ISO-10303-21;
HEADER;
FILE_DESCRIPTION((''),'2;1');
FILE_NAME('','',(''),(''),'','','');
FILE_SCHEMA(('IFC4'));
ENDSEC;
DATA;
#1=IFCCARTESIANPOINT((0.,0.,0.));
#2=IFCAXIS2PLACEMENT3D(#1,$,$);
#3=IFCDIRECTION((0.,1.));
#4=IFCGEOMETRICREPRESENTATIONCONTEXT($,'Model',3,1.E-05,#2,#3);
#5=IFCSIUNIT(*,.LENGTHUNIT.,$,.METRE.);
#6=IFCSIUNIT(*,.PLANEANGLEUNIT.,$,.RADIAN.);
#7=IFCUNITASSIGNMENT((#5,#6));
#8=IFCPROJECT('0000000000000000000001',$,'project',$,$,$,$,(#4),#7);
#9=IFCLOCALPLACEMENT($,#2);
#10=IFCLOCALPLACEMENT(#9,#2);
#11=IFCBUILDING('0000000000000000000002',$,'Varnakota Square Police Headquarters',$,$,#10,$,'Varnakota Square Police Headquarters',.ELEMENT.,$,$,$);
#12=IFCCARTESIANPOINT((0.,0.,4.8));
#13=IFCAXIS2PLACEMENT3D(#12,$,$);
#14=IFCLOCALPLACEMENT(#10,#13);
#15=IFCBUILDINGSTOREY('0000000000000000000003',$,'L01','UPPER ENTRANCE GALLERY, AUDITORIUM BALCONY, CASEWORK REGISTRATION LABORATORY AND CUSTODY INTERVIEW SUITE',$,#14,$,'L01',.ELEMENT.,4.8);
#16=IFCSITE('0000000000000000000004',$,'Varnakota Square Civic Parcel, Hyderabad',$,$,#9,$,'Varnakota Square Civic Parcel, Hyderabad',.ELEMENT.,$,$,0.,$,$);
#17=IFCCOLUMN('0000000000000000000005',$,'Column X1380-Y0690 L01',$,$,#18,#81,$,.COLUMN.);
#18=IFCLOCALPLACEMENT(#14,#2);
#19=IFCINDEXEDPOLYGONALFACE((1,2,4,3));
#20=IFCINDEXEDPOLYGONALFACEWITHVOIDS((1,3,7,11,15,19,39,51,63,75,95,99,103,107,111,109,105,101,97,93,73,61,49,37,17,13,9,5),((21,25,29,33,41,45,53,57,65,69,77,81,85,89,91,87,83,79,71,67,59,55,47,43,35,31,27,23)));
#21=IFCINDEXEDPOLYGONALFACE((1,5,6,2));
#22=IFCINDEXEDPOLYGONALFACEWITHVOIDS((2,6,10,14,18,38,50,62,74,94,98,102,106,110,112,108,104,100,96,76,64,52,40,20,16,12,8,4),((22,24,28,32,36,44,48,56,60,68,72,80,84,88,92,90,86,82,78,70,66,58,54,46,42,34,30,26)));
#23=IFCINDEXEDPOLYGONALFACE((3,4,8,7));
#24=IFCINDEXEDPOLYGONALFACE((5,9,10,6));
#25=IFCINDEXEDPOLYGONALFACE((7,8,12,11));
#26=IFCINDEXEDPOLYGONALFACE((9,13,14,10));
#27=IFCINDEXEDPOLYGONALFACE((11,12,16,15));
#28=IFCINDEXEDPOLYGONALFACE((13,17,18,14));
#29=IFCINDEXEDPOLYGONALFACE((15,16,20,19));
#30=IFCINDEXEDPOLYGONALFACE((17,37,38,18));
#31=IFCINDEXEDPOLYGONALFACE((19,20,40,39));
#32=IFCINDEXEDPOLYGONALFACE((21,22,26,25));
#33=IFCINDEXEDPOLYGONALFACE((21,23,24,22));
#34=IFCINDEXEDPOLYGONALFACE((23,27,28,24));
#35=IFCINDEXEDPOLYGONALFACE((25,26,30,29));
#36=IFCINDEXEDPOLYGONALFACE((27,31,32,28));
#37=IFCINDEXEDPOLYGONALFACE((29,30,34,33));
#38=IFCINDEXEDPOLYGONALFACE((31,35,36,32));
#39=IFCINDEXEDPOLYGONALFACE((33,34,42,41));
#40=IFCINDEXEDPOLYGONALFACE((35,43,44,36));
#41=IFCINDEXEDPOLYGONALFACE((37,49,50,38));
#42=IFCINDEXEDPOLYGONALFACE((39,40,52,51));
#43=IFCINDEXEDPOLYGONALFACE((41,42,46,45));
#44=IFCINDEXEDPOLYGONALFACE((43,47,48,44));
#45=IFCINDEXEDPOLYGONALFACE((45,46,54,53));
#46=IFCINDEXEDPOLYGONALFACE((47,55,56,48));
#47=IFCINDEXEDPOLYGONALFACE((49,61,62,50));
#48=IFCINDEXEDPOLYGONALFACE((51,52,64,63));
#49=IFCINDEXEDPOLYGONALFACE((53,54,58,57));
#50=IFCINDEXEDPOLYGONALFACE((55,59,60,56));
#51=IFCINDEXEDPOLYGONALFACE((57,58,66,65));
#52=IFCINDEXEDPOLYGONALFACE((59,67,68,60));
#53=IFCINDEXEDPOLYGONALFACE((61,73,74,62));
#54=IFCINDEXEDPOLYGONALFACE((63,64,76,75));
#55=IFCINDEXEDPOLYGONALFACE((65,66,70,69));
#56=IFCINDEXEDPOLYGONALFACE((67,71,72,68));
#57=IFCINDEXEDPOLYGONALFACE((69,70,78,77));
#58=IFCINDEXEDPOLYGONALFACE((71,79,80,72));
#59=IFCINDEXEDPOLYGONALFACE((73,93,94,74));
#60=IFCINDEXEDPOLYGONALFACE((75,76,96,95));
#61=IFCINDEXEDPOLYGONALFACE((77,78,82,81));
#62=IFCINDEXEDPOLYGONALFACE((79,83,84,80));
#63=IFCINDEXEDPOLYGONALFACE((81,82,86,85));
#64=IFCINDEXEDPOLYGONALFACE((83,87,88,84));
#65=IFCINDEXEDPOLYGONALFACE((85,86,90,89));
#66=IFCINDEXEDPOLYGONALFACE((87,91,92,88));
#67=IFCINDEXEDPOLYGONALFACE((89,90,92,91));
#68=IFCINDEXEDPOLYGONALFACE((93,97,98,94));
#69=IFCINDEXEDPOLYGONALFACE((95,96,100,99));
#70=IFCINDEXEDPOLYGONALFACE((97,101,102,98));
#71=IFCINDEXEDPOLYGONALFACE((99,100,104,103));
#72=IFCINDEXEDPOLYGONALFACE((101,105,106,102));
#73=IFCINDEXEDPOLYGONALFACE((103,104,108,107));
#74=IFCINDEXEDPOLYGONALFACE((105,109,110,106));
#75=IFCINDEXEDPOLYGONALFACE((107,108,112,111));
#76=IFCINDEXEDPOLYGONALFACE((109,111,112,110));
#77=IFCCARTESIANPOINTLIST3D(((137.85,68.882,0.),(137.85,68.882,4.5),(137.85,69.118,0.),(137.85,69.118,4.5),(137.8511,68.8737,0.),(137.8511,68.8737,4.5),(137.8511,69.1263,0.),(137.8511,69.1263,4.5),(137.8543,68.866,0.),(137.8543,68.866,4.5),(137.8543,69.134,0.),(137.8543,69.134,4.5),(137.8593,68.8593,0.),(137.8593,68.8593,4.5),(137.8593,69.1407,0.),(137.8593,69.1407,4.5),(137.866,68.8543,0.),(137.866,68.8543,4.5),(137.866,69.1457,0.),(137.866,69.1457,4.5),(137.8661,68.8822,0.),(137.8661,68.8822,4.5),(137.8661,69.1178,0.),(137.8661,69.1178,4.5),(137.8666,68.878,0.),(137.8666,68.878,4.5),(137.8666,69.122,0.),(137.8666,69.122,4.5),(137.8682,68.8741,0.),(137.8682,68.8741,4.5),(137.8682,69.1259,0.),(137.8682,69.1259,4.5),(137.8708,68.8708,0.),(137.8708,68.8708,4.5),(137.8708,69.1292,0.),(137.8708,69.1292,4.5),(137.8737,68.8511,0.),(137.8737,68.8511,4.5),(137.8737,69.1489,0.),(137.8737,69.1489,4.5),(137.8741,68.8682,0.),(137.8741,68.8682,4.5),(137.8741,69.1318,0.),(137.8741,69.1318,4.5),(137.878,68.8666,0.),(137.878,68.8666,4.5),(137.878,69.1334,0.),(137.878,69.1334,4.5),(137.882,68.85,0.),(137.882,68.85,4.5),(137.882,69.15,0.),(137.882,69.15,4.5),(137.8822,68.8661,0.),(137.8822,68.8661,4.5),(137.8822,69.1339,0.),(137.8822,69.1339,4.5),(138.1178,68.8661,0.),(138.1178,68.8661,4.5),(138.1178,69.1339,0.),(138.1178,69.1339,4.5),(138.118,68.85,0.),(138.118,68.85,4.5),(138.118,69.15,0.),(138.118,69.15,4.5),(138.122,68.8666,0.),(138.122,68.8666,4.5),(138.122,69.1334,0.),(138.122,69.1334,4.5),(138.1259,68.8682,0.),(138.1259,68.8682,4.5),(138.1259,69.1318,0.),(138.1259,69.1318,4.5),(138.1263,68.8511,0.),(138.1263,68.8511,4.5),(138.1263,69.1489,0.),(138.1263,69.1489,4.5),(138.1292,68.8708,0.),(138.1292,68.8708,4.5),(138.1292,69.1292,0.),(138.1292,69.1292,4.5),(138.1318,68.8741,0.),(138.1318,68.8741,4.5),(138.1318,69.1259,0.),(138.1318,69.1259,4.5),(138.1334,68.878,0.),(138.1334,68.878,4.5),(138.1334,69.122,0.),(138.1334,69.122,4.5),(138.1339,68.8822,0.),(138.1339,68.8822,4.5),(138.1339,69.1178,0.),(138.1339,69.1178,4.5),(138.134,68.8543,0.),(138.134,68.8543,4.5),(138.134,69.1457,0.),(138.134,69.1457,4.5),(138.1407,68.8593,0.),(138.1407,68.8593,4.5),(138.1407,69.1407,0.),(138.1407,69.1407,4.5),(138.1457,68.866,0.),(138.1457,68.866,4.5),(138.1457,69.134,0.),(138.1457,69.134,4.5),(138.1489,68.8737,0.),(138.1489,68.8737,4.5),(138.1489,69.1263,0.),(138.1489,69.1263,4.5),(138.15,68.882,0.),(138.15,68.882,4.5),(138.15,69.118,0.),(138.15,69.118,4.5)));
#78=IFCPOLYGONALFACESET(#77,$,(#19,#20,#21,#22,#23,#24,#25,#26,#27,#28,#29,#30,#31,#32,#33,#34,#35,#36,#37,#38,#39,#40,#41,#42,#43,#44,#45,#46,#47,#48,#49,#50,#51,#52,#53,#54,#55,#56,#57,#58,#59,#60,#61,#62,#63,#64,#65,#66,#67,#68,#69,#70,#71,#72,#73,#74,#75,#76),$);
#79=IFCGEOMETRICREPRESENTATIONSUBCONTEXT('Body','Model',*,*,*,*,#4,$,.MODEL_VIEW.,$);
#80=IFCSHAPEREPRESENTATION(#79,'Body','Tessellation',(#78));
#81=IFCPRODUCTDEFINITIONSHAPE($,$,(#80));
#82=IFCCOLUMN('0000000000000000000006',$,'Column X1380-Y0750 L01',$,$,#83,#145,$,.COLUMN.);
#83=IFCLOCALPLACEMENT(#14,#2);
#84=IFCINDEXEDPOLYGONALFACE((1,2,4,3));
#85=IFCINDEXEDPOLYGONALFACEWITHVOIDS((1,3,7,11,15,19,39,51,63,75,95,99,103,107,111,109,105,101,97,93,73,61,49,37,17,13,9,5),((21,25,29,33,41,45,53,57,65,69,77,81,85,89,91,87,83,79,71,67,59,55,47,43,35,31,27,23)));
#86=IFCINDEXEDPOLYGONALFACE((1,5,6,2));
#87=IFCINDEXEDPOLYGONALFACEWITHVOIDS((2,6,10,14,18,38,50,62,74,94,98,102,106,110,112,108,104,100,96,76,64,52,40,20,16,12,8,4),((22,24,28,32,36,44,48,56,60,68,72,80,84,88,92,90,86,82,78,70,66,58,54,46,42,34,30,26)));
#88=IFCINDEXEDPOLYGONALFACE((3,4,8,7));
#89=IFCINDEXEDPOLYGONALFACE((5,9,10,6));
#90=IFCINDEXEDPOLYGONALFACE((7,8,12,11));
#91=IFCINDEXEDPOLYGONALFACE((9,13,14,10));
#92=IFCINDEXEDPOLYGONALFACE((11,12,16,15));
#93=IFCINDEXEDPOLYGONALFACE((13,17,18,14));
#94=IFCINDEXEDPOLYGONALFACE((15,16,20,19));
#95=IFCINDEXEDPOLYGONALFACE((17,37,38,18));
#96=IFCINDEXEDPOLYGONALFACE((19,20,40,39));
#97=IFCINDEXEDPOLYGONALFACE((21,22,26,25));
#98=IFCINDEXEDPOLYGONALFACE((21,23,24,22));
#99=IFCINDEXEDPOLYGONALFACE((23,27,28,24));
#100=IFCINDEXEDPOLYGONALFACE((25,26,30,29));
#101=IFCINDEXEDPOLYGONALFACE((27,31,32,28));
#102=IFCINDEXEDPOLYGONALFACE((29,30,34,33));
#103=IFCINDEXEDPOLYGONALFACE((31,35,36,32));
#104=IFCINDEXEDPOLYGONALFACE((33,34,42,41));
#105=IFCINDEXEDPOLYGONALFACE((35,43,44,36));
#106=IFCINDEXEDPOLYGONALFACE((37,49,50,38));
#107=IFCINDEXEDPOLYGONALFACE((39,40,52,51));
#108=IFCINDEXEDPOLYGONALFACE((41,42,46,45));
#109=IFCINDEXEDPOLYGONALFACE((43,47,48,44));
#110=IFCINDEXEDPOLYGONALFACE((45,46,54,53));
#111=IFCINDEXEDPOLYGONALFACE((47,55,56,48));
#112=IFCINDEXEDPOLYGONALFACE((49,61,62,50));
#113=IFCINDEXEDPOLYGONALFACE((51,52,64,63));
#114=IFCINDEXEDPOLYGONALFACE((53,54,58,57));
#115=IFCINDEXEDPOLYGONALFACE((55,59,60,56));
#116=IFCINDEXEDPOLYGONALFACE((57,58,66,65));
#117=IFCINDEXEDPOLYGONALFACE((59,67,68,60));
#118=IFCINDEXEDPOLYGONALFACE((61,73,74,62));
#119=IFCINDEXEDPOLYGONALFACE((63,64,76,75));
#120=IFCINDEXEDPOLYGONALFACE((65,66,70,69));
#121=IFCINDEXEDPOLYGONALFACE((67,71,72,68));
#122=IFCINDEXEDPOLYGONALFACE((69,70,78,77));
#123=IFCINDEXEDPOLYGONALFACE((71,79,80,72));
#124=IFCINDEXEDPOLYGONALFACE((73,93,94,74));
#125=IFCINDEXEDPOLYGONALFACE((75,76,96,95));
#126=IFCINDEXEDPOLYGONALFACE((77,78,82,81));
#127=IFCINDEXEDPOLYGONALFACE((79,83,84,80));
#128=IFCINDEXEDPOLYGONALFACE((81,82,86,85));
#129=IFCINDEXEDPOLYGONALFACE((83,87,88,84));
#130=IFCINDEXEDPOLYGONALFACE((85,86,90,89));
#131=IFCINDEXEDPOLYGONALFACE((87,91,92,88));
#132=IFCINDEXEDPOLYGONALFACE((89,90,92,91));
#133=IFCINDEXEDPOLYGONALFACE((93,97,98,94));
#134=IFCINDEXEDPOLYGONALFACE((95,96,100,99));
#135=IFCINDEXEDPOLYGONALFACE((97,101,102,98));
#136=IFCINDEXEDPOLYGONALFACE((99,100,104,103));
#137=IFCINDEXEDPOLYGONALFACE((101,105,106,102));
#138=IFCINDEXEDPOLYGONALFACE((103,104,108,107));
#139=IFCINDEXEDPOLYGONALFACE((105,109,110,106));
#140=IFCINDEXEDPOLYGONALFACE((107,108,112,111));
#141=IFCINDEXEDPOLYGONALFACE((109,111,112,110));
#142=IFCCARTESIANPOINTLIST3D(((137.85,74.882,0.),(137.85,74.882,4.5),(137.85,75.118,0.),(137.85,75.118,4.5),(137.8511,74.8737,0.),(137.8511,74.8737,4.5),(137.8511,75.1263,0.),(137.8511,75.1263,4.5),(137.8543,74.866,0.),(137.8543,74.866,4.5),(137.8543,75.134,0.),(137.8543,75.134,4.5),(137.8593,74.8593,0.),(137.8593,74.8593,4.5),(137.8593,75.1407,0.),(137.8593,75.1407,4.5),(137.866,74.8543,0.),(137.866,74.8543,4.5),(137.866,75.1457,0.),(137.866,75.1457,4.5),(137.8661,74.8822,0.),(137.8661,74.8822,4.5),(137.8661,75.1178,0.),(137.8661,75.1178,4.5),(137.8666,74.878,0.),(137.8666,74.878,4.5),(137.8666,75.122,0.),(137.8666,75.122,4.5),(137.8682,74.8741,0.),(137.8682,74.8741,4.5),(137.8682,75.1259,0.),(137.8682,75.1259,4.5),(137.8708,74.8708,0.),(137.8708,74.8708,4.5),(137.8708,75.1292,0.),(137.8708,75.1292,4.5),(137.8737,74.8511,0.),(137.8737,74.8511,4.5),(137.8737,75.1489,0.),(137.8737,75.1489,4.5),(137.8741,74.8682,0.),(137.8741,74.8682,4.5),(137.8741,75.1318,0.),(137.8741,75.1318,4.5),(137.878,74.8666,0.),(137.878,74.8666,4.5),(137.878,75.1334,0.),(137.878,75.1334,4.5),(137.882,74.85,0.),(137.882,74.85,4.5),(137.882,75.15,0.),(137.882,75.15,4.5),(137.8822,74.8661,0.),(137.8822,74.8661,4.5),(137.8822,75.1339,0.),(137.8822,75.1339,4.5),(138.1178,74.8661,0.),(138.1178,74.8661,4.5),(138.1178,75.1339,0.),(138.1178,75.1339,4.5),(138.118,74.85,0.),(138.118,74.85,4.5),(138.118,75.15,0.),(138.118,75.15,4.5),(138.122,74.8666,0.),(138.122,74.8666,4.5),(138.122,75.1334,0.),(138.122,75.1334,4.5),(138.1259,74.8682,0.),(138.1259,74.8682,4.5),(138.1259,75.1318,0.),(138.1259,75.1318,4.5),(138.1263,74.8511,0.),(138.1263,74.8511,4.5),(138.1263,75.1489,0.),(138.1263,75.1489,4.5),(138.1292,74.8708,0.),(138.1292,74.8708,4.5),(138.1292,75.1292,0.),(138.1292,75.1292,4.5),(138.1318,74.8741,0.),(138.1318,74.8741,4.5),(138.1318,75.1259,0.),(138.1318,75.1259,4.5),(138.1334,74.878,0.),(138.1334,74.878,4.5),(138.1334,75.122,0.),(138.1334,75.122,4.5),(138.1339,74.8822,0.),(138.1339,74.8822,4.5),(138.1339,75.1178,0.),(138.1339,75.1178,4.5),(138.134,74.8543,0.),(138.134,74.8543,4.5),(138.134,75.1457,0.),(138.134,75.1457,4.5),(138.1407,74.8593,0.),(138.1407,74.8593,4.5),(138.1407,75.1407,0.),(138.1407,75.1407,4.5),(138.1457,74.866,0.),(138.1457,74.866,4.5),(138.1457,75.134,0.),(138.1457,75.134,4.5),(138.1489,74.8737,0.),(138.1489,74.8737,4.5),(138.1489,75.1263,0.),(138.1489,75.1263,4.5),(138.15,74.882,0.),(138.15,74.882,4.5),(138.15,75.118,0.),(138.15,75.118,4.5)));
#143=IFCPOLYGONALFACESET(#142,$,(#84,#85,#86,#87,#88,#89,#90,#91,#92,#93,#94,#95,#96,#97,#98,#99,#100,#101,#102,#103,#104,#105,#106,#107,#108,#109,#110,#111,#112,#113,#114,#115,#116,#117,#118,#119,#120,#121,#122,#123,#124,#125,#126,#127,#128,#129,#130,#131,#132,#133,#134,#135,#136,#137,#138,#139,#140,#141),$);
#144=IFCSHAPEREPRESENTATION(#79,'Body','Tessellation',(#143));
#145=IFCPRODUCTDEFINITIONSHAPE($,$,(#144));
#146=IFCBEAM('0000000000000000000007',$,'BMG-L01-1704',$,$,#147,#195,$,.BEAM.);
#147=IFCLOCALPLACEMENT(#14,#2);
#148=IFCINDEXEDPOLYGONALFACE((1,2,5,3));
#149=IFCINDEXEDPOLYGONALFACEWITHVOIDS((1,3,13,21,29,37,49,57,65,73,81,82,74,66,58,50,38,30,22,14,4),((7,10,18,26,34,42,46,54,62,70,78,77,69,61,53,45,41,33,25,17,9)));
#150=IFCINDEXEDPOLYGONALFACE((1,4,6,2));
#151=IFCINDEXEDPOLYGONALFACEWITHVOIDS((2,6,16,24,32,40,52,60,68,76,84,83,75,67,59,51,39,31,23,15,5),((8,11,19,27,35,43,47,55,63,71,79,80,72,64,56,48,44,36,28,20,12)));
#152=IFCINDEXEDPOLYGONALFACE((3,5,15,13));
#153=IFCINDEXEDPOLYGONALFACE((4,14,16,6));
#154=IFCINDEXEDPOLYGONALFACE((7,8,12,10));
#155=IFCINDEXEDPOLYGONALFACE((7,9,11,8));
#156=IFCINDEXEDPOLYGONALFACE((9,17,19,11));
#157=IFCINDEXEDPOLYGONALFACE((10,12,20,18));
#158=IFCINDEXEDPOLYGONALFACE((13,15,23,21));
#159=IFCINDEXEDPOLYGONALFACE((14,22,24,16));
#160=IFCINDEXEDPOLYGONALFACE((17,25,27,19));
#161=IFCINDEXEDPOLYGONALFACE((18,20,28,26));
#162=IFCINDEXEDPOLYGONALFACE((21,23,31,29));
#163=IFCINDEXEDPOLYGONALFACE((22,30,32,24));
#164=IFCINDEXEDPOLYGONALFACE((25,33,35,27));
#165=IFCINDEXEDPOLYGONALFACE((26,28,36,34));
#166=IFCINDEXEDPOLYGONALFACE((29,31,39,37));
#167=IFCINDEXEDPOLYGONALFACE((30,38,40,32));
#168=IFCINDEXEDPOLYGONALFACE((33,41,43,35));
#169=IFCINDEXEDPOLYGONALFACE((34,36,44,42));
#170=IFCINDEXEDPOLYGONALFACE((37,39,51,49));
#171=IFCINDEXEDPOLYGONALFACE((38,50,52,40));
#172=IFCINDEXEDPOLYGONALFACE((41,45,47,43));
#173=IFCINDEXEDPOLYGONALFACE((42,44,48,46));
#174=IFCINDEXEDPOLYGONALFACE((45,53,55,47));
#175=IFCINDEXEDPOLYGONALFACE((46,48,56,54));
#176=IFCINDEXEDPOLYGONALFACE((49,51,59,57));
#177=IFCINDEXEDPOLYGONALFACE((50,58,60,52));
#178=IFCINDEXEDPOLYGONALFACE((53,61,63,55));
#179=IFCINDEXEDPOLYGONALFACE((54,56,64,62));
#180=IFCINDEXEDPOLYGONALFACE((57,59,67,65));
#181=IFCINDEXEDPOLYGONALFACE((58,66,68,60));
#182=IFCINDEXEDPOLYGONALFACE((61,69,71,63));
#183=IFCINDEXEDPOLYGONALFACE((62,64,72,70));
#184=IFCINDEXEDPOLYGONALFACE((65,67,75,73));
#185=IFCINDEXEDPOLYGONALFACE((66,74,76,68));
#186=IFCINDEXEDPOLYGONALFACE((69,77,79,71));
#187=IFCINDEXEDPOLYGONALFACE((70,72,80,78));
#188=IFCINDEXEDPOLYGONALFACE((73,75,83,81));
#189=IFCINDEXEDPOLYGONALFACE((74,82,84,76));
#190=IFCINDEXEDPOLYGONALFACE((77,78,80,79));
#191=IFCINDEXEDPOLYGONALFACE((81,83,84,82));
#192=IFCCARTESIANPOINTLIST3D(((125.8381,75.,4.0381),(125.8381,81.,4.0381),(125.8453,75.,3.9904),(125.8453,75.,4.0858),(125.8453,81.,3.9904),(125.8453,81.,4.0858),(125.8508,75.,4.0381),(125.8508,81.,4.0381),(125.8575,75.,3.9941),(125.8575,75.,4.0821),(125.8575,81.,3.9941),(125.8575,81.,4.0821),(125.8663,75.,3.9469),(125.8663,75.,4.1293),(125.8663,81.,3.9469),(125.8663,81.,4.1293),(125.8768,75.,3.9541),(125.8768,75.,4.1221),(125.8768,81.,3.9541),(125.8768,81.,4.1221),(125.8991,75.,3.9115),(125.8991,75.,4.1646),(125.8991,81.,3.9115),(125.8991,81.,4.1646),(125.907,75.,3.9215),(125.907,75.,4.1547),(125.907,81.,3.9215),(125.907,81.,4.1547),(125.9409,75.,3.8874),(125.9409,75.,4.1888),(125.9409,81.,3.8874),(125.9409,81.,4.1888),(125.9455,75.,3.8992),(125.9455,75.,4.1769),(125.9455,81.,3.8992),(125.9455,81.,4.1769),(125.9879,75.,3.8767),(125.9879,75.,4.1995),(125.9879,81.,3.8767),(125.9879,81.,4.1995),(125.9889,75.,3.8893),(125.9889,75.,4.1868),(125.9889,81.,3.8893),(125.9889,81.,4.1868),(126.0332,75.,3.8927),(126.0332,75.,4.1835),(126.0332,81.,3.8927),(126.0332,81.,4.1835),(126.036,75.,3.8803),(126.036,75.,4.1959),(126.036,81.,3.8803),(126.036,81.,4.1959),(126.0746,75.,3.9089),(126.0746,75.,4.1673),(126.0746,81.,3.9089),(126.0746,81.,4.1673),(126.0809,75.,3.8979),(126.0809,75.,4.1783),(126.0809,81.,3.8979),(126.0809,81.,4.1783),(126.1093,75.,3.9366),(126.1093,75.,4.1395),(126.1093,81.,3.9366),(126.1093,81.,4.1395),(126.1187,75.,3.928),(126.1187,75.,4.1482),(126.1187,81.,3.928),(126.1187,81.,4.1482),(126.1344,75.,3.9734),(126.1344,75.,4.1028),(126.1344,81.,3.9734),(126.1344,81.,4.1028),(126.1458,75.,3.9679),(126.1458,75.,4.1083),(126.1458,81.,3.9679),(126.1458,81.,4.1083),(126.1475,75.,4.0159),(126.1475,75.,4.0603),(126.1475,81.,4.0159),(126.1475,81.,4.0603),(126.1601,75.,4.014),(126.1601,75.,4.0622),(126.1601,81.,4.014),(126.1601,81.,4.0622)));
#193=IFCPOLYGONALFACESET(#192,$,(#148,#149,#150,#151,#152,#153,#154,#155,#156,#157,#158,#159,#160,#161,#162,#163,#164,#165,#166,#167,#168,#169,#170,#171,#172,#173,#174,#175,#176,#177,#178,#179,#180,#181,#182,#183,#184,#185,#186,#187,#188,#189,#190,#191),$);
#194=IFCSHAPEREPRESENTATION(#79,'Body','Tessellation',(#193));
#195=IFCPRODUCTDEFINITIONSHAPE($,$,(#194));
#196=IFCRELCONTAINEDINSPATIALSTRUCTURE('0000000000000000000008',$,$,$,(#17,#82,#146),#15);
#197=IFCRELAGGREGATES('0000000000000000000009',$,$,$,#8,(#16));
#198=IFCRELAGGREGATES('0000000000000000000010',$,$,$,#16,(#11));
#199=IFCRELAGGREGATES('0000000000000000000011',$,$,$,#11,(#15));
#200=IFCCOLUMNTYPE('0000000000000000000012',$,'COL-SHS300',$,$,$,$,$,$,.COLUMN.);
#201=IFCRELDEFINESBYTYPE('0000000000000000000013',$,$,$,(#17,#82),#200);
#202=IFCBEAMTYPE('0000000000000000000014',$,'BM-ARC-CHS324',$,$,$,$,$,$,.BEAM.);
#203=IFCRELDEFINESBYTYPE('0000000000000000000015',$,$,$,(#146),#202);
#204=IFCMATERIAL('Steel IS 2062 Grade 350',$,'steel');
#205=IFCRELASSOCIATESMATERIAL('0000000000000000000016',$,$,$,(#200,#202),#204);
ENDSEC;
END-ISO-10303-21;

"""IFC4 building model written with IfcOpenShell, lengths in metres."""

from ifc_helpers import new_model, si_unit, direction, frame, origin, origin_2d, place, context, subcontext, project, spatial, hollow_rectangle, hollow_circle, extrude, material, material_profile, profile_set, type_object, element, save


model = new_model("IFC4")

# Units and contexts
model_context = context("Model", 3, precision=1e-05, world=origin(), true_north=direction((0.0, 1.0)))
body_context = subcontext(model_context, "Body", "Model", "MODEL_VIEW")
ifc_project = project(units=[si_unit("LENGTHUNIT", "METRE"), si_unit("PLANEANGLEUNIT", "RADIAN")], contexts=[model_context])

# Site, building, storey
site_placement = place(None, origin())
site = spatial("IfcSite", under=ifc_project, at=site_placement, Name="Varnakota Square Civic Parcel, Hyderabad", LongName="Varnakota Square Civic Parcel, Hyderabad", CompositionType="ELEMENT", RefElevation=0.0)
building_placement = place(site_placement, origin())
building = spatial("IfcBuilding", under=site, at=building_placement, Name="Varnakota Square Police Headquarters", LongName="Varnakota Square Police Headquarters", CompositionType="ELEMENT")
storey_placement = place(building_placement, frame((0.0, 0.0, 4.8)))
storey = spatial("IfcBuildingStorey", under=building, at=storey_placement, Name="L01", Description="UPPER ENTRANCE GALLERY, AUDITORIUM BALCONY, CASEWORK REGISTRATION LABORATORY AND CUSTODY INTERVIEW SUITE", LongName="L01", CompositionType="ELEMENT", Elevation=4.8)

# Columns
ifc_material_1 = material(Name="Steel IS 2062 Grade 350", Category="steel")
ifc_material_profile_1 = material_profile(ifc_material_1, hollow_rectangle(XDim=0.3, YDim=0.3, WallThickness=0.0161, InnerFilletRadius=0.0161, OuterFilletRadius=0.032, at=origin_2d()), Name="SHS 300x300x16")
ifc_profile_set_1 = profile_set([ifc_material_profile_1], Name="Steel IS 2062 Grade 350")
column_type_1 = type_object("IfcColumnType", Name="COL-SHS300", PredefinedType="COLUMN", material=ifc_profile_set_1)
for number, where, z_axis, x_axis, name in (
    (1, (138.0, 69.0, 0.0), (0.0, 0.0, 1.0), (1.0, 0.0, 0.0), "Column X1380-Y0690 L01"),
    (2, (138.0, 75.0, 0.0), (0.0, 0.0, 1.0), (1.0, 0.0, 0.0), "Column X1380-Y0750 L01"),
):
    element("IfcColumn", number, at=place(storey_placement, frame(where, z_axis=z_axis, x_axis=x_axis)), inside=storey, type_object=column_type_1, Name=name, PredefinedType="COLUMN", context=body_context, shape_type="SweptSolid", body=[
        extrude(hollow_rectangle(XDim=0.3, YDim=0.3, WallThickness=0.0161, InnerFilletRadius=0.0161, OuterFilletRadius=0.032, at=origin_2d()), origin(), (0.0, 0.0, 1.0), 4.5),
    ])

# Beam
ifc_material_profile_2 = material_profile(ifc_material_1, hollow_circle(Radius=0.1619, WallThickness=0.0127, at=origin_2d()), Name="CHS 323.9x12.7")
ifc_profile_set_2 = profile_set([ifc_material_profile_2], Name="Steel IS 2062 Grade 350")
beam_type_1 = type_object("IfcBeamType", Name="BM-ARC-CHS324", PredefinedType="BEAM", material=ifc_profile_set_2)
for number, where, z_axis, x_axis, name in (
    (3, (126.0, 75.0, 4.0381), (0.0, 1.0, 0.0), (-1.0, 0.0, 0.0), "BMG-L01-1704"),
):
    element("IfcBeam", number, at=place(storey_placement, frame(where, z_axis=z_axis, x_axis=x_axis)), inside=storey, type_object=beam_type_1, Name=name, PredefinedType="BEAM", context=body_context, shape_type="SweptSolid", body=[
        extrude(hollow_circle(Radius=0.1619, WallThickness=0.0127, at=origin_2d()), origin(), (0.0, 0.0, 1.0), 6.0),
    ])

save(model, "model.ifc")
